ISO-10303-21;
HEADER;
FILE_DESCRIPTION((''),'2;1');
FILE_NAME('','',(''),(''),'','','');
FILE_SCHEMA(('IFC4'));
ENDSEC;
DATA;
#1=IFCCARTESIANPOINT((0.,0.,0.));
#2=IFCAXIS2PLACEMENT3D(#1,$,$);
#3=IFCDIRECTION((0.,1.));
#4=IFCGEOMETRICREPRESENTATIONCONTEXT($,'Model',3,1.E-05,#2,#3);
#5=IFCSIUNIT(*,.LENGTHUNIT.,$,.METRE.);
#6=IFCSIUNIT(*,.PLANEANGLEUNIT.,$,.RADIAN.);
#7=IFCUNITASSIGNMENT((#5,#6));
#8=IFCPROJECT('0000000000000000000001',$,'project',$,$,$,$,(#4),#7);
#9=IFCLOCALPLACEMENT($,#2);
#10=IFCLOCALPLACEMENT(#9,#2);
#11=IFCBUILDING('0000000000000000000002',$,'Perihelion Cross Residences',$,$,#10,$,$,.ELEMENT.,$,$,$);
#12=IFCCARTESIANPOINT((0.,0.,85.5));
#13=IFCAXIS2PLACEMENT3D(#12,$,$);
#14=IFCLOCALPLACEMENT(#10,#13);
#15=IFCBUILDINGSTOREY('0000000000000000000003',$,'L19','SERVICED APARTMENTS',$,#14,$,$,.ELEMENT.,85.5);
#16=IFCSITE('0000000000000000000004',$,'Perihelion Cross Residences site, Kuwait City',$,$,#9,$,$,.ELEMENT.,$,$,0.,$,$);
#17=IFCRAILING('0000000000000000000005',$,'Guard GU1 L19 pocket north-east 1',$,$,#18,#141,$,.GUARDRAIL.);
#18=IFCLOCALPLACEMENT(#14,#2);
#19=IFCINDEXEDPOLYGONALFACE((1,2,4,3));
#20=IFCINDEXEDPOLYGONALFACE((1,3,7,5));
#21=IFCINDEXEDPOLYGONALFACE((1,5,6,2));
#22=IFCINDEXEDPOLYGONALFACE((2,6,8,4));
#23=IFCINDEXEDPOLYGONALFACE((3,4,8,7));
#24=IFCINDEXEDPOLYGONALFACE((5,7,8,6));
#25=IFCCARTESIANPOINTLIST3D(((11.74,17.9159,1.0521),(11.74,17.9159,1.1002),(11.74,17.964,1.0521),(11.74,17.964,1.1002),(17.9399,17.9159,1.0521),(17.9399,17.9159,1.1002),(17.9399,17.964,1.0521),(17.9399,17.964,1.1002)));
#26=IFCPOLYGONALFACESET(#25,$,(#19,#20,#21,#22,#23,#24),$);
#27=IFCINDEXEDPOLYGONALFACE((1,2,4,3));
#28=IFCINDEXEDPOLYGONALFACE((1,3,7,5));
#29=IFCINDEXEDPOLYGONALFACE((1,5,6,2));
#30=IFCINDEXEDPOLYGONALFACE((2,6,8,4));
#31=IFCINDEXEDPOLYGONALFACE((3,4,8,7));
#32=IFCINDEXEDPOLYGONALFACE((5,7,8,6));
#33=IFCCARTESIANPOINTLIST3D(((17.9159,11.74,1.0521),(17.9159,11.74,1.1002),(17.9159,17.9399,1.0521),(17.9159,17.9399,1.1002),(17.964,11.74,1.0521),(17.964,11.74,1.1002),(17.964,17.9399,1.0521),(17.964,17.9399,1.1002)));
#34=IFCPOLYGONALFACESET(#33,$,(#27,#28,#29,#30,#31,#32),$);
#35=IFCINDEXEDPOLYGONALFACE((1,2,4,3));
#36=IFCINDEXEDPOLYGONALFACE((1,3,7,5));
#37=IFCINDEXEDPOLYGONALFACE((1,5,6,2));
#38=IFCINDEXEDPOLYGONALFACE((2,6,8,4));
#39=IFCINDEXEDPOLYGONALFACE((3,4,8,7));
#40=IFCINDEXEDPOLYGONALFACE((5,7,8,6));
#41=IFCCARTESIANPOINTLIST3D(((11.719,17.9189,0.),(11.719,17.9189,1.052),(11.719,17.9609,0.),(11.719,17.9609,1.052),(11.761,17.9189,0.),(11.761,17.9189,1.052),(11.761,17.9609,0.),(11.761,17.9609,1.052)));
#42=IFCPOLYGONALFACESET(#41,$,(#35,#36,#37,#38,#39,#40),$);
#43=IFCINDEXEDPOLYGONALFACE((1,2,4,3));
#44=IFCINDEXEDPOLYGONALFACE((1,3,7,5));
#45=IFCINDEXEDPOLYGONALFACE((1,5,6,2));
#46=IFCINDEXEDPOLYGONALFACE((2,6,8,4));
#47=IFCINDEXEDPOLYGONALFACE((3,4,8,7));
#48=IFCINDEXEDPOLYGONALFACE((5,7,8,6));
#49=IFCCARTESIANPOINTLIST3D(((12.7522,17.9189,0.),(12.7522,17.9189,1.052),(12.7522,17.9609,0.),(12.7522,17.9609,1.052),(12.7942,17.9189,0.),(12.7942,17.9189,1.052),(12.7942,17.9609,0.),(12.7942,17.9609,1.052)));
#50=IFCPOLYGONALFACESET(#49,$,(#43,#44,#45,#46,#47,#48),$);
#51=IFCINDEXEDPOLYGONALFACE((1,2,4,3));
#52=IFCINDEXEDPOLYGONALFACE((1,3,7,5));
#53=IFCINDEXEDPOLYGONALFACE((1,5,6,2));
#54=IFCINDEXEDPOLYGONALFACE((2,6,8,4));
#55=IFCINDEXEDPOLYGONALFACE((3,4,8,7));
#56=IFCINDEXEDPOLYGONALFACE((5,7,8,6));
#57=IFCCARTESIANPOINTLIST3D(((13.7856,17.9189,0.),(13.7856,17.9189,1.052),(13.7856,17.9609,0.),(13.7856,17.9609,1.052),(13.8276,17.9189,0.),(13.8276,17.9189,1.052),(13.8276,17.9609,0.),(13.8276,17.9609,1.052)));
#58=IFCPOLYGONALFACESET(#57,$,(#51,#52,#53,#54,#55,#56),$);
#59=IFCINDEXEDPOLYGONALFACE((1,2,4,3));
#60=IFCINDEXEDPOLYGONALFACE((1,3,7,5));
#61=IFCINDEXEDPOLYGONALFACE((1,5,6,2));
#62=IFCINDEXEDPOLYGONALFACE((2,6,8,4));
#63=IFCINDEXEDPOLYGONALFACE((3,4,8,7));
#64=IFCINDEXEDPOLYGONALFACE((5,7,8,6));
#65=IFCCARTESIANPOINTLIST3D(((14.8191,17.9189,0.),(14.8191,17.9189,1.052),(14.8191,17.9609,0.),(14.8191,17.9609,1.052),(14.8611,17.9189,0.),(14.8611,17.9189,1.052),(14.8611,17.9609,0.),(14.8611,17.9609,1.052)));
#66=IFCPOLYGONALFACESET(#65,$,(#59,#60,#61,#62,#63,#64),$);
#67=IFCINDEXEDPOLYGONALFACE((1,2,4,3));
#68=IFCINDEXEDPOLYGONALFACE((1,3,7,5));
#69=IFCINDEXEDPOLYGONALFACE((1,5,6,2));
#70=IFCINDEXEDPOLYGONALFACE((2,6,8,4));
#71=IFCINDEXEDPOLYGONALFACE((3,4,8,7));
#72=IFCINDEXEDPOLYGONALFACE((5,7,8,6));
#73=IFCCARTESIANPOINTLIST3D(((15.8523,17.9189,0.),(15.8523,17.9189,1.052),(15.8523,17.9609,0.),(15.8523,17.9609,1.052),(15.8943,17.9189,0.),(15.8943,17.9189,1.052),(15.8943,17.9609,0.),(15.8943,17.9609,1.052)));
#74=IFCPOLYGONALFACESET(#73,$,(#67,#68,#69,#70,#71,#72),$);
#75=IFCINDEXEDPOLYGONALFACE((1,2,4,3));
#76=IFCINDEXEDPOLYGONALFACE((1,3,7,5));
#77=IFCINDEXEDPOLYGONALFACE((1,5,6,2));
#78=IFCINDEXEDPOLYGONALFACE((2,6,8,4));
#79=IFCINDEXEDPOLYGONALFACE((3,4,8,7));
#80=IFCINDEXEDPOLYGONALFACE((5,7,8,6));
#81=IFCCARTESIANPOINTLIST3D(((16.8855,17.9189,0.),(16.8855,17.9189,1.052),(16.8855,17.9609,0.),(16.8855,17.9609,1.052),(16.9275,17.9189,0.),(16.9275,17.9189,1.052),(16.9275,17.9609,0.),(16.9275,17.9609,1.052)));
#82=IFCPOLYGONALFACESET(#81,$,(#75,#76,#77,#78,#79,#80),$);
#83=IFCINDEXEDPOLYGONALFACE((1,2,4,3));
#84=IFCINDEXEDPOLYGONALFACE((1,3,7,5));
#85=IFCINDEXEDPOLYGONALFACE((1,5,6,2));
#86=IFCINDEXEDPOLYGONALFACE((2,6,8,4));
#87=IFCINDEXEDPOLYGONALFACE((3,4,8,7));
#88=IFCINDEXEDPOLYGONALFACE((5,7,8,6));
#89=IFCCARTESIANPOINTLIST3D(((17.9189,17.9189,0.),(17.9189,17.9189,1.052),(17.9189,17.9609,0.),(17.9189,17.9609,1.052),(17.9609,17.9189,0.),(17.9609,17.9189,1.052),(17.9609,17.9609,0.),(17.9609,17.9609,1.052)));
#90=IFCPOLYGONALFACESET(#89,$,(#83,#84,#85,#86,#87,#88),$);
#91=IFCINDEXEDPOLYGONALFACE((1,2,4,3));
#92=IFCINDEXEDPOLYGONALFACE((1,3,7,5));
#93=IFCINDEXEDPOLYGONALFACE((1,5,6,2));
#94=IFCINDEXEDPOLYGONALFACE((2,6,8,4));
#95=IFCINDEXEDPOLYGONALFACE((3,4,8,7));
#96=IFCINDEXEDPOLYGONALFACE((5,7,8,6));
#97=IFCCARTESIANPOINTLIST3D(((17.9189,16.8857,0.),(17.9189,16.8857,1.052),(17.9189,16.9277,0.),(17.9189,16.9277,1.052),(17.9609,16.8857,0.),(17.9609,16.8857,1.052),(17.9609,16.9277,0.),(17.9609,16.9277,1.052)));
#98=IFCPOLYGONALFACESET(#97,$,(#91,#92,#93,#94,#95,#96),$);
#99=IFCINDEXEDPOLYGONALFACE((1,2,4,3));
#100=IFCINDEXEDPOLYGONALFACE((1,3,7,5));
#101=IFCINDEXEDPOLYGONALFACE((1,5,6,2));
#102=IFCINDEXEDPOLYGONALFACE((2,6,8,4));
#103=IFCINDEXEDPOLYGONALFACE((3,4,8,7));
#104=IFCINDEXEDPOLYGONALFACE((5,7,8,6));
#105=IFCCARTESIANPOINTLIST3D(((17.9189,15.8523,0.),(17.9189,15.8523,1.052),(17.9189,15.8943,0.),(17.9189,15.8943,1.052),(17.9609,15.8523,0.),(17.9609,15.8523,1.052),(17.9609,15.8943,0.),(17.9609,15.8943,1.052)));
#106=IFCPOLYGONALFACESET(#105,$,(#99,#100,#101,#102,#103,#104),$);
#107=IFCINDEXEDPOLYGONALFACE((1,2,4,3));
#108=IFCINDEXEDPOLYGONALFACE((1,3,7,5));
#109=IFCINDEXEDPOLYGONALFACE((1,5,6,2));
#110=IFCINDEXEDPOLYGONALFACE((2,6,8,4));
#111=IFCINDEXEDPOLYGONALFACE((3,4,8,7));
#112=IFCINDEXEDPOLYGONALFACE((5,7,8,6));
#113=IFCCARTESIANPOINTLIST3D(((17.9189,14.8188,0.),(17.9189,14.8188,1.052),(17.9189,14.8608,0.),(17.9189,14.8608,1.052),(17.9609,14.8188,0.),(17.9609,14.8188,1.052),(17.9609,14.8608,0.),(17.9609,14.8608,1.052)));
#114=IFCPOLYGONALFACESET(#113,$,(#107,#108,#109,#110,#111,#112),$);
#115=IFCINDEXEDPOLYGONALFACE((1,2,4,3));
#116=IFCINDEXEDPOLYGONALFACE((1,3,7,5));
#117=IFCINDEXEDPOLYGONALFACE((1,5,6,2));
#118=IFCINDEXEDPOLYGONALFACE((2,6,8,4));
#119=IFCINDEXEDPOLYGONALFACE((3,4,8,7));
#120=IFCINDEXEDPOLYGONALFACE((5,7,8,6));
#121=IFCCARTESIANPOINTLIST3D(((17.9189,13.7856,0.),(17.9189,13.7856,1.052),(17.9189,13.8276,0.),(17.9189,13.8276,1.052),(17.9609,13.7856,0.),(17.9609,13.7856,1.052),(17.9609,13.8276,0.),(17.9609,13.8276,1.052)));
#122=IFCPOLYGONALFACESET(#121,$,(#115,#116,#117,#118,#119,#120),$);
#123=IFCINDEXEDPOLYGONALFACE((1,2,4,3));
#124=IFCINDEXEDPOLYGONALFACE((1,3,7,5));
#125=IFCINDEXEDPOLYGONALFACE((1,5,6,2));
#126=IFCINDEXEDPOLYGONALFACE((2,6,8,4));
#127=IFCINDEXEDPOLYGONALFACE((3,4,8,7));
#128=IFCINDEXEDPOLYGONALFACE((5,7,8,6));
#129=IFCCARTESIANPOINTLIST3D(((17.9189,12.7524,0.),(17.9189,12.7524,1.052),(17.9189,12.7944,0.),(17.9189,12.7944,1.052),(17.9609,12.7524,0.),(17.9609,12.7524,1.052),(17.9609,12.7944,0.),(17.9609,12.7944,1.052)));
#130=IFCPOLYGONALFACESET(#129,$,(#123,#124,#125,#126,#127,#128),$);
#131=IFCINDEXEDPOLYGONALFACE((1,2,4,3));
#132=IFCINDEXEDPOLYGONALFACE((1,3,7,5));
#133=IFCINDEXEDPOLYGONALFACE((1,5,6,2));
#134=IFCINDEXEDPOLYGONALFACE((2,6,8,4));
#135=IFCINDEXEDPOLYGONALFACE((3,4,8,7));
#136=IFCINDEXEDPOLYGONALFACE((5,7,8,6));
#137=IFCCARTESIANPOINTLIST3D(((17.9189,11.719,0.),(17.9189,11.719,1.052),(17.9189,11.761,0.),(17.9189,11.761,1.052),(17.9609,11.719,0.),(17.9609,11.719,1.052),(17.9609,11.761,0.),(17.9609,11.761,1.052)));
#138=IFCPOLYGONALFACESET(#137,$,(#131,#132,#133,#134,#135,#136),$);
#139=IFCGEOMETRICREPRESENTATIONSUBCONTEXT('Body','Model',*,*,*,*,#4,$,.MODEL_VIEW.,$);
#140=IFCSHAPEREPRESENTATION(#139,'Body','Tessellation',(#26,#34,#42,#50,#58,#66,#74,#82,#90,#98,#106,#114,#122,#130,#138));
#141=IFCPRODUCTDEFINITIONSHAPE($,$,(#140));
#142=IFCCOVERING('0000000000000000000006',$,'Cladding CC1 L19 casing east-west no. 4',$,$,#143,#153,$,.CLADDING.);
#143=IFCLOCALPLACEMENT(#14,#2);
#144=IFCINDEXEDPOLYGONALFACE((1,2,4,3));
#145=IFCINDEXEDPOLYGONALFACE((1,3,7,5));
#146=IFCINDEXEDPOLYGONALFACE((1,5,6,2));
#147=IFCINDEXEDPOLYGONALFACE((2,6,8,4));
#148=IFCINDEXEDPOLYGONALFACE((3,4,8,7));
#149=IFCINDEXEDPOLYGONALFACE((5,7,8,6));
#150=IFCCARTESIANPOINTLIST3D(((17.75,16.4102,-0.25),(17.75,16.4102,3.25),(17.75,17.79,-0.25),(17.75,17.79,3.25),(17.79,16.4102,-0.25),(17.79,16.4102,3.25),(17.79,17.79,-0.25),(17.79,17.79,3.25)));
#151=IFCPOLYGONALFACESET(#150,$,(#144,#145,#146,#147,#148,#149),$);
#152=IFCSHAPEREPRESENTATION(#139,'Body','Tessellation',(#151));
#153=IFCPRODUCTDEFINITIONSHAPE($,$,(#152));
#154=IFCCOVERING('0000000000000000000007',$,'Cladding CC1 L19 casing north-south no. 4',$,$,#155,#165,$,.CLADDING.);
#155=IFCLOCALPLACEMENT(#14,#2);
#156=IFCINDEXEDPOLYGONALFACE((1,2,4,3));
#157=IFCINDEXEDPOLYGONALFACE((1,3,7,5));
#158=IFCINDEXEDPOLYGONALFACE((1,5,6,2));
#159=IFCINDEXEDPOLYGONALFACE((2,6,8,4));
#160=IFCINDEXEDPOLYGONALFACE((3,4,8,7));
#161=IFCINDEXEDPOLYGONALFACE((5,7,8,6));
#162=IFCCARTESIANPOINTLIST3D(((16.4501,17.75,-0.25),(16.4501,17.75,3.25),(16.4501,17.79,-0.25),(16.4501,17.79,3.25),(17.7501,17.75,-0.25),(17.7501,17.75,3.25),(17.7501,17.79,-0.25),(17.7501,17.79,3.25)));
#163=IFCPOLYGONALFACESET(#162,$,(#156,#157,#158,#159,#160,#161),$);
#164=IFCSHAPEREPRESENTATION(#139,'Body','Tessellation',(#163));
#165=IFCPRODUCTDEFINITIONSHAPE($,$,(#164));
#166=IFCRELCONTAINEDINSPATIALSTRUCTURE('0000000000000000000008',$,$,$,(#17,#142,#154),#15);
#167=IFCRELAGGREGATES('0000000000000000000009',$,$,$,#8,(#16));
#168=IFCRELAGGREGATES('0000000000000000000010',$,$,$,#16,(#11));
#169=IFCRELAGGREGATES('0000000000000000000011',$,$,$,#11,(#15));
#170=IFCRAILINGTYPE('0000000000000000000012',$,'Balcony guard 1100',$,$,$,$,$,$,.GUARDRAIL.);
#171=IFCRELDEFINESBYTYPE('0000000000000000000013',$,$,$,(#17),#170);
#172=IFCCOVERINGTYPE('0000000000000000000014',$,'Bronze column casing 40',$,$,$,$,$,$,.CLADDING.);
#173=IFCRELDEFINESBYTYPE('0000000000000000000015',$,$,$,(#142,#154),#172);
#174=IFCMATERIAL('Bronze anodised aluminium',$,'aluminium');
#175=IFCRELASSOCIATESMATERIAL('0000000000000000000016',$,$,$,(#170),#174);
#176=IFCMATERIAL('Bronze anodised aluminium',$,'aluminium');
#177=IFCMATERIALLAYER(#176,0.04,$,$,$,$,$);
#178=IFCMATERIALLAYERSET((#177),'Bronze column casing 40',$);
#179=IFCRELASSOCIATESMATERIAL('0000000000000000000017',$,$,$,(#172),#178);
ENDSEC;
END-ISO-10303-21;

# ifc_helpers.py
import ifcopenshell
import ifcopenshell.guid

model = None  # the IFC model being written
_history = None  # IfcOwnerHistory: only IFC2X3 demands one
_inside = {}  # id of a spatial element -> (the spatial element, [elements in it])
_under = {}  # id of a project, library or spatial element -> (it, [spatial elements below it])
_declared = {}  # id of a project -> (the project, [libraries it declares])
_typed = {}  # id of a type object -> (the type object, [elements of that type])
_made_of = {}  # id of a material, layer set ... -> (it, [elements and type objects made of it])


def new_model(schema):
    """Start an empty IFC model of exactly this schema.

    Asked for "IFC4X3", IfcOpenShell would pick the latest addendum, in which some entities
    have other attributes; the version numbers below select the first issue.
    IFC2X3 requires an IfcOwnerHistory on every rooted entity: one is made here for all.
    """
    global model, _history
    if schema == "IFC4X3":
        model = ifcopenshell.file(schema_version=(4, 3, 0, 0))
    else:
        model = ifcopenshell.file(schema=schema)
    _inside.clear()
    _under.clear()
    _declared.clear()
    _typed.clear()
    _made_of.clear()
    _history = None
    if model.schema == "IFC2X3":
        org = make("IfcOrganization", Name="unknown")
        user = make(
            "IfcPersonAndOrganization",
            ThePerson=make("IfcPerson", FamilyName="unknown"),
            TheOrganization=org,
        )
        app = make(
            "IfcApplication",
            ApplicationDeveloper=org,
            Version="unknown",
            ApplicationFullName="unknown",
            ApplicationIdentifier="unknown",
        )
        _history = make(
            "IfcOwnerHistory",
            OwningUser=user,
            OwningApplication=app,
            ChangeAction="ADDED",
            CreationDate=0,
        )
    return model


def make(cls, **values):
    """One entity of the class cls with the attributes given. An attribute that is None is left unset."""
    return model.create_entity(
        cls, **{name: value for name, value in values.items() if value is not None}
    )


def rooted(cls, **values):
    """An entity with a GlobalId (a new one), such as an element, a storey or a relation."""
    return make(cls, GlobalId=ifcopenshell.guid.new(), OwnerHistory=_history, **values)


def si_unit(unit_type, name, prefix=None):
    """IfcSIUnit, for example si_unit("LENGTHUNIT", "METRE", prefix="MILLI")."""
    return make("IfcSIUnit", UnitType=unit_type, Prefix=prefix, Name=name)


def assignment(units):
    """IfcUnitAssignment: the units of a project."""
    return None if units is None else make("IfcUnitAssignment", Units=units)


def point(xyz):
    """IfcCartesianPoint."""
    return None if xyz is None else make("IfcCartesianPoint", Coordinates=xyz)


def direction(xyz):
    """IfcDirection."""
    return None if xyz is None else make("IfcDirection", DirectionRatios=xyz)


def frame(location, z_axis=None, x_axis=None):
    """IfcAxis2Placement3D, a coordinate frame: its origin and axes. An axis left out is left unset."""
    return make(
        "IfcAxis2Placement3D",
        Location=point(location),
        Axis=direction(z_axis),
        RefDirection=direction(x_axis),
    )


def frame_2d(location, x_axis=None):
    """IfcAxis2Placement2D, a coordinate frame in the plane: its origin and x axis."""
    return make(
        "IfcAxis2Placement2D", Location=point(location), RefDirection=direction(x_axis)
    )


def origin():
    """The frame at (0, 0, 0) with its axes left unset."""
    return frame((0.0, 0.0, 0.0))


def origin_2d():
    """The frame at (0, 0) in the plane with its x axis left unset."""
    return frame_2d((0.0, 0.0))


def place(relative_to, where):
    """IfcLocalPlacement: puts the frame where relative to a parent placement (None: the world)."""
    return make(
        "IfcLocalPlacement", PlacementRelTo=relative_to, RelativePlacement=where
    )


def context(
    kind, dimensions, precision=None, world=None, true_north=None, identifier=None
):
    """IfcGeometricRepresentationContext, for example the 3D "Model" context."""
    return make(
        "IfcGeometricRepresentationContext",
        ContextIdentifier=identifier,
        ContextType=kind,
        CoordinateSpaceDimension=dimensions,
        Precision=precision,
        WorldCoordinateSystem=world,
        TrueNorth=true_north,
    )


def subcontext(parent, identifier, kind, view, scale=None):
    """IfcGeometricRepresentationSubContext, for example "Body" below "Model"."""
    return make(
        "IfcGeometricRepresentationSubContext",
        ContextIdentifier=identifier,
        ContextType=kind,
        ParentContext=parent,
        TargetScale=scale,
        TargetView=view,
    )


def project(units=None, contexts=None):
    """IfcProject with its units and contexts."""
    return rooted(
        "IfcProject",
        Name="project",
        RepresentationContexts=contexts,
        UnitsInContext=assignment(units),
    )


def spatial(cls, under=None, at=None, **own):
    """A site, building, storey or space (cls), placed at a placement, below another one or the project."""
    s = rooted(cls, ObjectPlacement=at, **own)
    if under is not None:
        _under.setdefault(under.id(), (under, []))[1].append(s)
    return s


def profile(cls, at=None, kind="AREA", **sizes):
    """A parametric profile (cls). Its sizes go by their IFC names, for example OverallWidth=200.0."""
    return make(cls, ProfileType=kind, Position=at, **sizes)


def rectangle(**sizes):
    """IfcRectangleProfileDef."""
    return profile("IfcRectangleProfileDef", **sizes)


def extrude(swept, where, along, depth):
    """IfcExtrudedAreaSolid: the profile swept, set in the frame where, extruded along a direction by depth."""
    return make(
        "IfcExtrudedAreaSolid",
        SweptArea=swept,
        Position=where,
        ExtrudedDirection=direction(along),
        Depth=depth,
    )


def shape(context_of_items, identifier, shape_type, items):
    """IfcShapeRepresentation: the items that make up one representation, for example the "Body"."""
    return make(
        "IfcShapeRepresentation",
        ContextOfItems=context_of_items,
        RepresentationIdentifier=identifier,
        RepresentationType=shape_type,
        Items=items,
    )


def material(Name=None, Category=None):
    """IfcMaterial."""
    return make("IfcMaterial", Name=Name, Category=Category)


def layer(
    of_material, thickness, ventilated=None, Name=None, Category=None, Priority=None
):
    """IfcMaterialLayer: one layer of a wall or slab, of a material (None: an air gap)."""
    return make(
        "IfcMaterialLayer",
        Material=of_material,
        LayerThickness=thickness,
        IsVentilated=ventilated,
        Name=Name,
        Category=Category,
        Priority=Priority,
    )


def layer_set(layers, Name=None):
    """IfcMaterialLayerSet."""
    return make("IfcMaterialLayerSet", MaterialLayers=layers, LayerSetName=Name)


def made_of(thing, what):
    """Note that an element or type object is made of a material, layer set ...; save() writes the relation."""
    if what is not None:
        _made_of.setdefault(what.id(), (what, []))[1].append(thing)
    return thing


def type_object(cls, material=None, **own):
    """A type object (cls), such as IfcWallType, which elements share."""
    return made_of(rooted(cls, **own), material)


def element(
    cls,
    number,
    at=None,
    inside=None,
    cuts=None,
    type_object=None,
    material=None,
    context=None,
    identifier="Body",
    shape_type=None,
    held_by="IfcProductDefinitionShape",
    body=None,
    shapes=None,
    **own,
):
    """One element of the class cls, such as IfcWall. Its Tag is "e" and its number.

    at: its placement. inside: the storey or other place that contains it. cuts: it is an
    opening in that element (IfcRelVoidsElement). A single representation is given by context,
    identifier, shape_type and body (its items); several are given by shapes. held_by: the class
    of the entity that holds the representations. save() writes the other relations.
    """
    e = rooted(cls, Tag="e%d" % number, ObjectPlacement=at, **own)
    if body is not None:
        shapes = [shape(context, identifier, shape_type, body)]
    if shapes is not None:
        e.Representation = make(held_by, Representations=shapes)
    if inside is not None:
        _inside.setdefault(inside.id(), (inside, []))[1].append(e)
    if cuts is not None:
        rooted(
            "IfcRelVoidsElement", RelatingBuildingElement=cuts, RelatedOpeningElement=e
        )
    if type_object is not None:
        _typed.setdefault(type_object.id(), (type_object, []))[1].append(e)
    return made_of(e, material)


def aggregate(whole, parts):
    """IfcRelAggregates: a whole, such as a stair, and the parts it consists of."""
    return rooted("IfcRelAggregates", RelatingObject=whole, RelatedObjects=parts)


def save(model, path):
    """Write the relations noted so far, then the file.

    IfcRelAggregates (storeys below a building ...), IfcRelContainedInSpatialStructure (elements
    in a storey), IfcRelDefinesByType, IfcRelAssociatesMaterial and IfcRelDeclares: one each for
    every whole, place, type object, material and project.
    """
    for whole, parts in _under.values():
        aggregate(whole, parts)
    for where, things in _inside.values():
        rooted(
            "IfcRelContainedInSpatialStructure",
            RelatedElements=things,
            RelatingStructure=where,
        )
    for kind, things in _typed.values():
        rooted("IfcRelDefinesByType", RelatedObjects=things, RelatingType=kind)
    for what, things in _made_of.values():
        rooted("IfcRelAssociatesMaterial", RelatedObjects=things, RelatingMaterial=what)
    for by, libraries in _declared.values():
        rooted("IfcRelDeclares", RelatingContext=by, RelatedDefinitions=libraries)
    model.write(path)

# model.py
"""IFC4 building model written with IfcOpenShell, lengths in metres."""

from ifc_helpers import new_model, si_unit, direction, frame, origin, origin_2d, place, context, subcontext, project, spatial, rectangle, extrude, material, layer, layer_set, type_object, element, save


model = new_model("IFC4")

# Units and contexts
model_context = context("Model", 3, precision=1e-05, world=origin(), true_north=direction((0.0, 1.0)))
body_context = subcontext(model_context, "Body", "Model", "MODEL_VIEW")
ifc_project = project(units=[si_unit("LENGTHUNIT", "METRE"), si_unit("PLANEANGLEUNIT", "RADIAN")], contexts=[model_context])

# Site, building, storey
site_placement = place(None, origin())
site = spatial("IfcSite", under=ifc_project, at=site_placement, Name="Perihelion Cross Residences site, Kuwait City", CompositionType="ELEMENT", RefElevation=0.0)
building_placement = place(site_placement, origin())
building = spatial("IfcBuilding", under=site, at=building_placement, Name="Perihelion Cross Residences", CompositionType="ELEMENT")
storey_placement = place(building_placement, frame((0.0, 0.0, 85.5)))
storey = spatial("IfcBuildingStorey", under=building, at=storey_placement, Name="L19", Description="SERVICED APARTMENTS", CompositionType="ELEMENT", Elevation=85.5)

# Railing
ifc_material_1 = material(Name="Bronze anodised aluminium", Category="aluminium")
railing_type = type_object("IfcRailingType", Name="Balcony guard 1100", PredefinedType="GUARDRAIL", material=ifc_material_1)
railing_1_placement = place(storey_placement, frame((11.74, 17.9399, 0.0)))
element("IfcRailing", 1, at=railing_1_placement, inside=storey, type_object=railing_type, Name="Guard GU1 L19 pocket north-east 1", PredefinedType="GUARDRAIL", context=body_context, shape_type="SweptSolid", body=[
    extrude(rectangle(XDim=0.0481, YDim=0.0481, at=origin_2d()), frame((0.0, 0.0, 1.0762), z_axis=(1.0, 0.0, 0.0), x_axis=(0.0, 1.0, 0.0)), (0.0, 0.0, 1.0), 6.2),
    extrude(rectangle(XDim=0.0481, YDim=0.0481, at=origin_2d()), frame((6.2, 0.0, 1.0762), z_axis=(0.0, -1.0, 0.0), x_axis=(1.0, 0.0, 0.0)), (0.0, 0.0, 1.0), 6.2),
    extrude(rectangle(XDim=0.042, YDim=0.042, at=origin_2d()), origin(), (0.0, 0.0, 1.0), 1.052),
    extrude(rectangle(XDim=0.042, YDim=0.042, at=origin_2d()), frame((1.0332, 0.0, 0.0)), (0.0, 0.0, 1.0), 1.052),
    extrude(rectangle(XDim=0.042, YDim=0.042, at=origin_2d()), frame((2.0667, 0.0, 0.0)), (0.0, 0.0, 1.0), 1.052),
    extrude(rectangle(XDim=0.042, YDim=0.042, at=origin_2d()), frame((3.1001, 0.0, 0.0)), (0.0, 0.0, 1.0), 1.052),
    extrude(rectangle(XDim=0.042, YDim=0.042, at=origin_2d()), frame((4.1333, 0.0, 0.0)), (0.0, 0.0, 1.0), 1.052),
    extrude(rectangle(XDim=0.042, YDim=0.042, at=origin_2d()), frame((5.1665, 0.0, 0.0)), (0.0, 0.0, 1.0), 1.052),
    extrude(rectangle(XDim=0.042, YDim=0.042, at=origin_2d()), frame((6.2, 0.0, 0.0)), (0.0, 0.0, 1.0), 1.052),
    extrude(rectangle(XDim=0.042, YDim=0.042, at=origin_2d()), frame((6.2, -1.0332, 0.0)), (0.0, 0.0, 1.0), 1.052),
    extrude(rectangle(XDim=0.042, YDim=0.042, at=origin_2d()), frame((6.2, -2.0667, 0.0)), (0.0, 0.0, 1.0), 1.052),
    extrude(rectangle(XDim=0.042, YDim=0.042, at=origin_2d()), frame((6.2, -3.1001, 0.0)), (0.0, 0.0, 1.0), 1.052),
    extrude(rectangle(XDim=0.042, YDim=0.042, at=origin_2d()), frame((6.2, -4.1333, 0.0)), (0.0, 0.0, 1.0), 1.052),
    extrude(rectangle(XDim=0.042, YDim=0.042, at=origin_2d()), frame((6.2, -5.1665, 0.0)), (0.0, 0.0, 1.0), 1.052),
    extrude(rectangle(XDim=0.042, YDim=0.042, at=origin_2d()), frame((6.2, -6.2, 0.0)), (0.0, 0.0, 1.0), 1.052),
])

# Coverings
ifc_material_2 = material(Name="Bronze anodised aluminium", Category="aluminium")
ifc_layer_1 = layer(ifc_material_2, 0.04)
ifc_layer_set_1 = layer_set([ifc_layer_1], Name="Bronze column casing 40")
covering_type = type_object("IfcCoveringType", Name="Bronze column casing 40", PredefinedType="CLADDING", material=ifc_layer_set_1)
covering_1_placement = place(storey_placement, frame((17.77, 17.1001, -0.25), z_axis=(0.0, 0.0, 1.0), x_axis=(1.0, 0.0, 0.0)))
element("IfcCovering", 2, at=covering_1_placement, inside=storey, type_object=covering_type, Name="Cladding CC1 L19 casing east-west no. 4", PredefinedType="CLADDING", context=body_context, shape_type="SweptSolid", body=[
    extrude(rectangle(XDim=0.04, YDim=1.3799, at=origin_2d()), origin(), (0.0, 0.0, 1.0), 3.5),
])
covering_2_placement = place(storey_placement, frame((17.1001, 17.77, -0.25), z_axis=(0.0, 0.0, 1.0), x_axis=(1.0, 0.0, 0.0)))
element("IfcCovering", 3, at=covering_2_placement, inside=storey, type_object=covering_type, Name="Cladding CC1 L19 casing north-south no. 4", PredefinedType="CLADDING", context=body_context, shape_type="SweptSolid", body=[
    extrude(rectangle(XDim=1.3, YDim=0.04, at=origin_2d()), origin(), (0.0, 0.0, 1.0), 3.5),
])

save(model, "model.ifc")
